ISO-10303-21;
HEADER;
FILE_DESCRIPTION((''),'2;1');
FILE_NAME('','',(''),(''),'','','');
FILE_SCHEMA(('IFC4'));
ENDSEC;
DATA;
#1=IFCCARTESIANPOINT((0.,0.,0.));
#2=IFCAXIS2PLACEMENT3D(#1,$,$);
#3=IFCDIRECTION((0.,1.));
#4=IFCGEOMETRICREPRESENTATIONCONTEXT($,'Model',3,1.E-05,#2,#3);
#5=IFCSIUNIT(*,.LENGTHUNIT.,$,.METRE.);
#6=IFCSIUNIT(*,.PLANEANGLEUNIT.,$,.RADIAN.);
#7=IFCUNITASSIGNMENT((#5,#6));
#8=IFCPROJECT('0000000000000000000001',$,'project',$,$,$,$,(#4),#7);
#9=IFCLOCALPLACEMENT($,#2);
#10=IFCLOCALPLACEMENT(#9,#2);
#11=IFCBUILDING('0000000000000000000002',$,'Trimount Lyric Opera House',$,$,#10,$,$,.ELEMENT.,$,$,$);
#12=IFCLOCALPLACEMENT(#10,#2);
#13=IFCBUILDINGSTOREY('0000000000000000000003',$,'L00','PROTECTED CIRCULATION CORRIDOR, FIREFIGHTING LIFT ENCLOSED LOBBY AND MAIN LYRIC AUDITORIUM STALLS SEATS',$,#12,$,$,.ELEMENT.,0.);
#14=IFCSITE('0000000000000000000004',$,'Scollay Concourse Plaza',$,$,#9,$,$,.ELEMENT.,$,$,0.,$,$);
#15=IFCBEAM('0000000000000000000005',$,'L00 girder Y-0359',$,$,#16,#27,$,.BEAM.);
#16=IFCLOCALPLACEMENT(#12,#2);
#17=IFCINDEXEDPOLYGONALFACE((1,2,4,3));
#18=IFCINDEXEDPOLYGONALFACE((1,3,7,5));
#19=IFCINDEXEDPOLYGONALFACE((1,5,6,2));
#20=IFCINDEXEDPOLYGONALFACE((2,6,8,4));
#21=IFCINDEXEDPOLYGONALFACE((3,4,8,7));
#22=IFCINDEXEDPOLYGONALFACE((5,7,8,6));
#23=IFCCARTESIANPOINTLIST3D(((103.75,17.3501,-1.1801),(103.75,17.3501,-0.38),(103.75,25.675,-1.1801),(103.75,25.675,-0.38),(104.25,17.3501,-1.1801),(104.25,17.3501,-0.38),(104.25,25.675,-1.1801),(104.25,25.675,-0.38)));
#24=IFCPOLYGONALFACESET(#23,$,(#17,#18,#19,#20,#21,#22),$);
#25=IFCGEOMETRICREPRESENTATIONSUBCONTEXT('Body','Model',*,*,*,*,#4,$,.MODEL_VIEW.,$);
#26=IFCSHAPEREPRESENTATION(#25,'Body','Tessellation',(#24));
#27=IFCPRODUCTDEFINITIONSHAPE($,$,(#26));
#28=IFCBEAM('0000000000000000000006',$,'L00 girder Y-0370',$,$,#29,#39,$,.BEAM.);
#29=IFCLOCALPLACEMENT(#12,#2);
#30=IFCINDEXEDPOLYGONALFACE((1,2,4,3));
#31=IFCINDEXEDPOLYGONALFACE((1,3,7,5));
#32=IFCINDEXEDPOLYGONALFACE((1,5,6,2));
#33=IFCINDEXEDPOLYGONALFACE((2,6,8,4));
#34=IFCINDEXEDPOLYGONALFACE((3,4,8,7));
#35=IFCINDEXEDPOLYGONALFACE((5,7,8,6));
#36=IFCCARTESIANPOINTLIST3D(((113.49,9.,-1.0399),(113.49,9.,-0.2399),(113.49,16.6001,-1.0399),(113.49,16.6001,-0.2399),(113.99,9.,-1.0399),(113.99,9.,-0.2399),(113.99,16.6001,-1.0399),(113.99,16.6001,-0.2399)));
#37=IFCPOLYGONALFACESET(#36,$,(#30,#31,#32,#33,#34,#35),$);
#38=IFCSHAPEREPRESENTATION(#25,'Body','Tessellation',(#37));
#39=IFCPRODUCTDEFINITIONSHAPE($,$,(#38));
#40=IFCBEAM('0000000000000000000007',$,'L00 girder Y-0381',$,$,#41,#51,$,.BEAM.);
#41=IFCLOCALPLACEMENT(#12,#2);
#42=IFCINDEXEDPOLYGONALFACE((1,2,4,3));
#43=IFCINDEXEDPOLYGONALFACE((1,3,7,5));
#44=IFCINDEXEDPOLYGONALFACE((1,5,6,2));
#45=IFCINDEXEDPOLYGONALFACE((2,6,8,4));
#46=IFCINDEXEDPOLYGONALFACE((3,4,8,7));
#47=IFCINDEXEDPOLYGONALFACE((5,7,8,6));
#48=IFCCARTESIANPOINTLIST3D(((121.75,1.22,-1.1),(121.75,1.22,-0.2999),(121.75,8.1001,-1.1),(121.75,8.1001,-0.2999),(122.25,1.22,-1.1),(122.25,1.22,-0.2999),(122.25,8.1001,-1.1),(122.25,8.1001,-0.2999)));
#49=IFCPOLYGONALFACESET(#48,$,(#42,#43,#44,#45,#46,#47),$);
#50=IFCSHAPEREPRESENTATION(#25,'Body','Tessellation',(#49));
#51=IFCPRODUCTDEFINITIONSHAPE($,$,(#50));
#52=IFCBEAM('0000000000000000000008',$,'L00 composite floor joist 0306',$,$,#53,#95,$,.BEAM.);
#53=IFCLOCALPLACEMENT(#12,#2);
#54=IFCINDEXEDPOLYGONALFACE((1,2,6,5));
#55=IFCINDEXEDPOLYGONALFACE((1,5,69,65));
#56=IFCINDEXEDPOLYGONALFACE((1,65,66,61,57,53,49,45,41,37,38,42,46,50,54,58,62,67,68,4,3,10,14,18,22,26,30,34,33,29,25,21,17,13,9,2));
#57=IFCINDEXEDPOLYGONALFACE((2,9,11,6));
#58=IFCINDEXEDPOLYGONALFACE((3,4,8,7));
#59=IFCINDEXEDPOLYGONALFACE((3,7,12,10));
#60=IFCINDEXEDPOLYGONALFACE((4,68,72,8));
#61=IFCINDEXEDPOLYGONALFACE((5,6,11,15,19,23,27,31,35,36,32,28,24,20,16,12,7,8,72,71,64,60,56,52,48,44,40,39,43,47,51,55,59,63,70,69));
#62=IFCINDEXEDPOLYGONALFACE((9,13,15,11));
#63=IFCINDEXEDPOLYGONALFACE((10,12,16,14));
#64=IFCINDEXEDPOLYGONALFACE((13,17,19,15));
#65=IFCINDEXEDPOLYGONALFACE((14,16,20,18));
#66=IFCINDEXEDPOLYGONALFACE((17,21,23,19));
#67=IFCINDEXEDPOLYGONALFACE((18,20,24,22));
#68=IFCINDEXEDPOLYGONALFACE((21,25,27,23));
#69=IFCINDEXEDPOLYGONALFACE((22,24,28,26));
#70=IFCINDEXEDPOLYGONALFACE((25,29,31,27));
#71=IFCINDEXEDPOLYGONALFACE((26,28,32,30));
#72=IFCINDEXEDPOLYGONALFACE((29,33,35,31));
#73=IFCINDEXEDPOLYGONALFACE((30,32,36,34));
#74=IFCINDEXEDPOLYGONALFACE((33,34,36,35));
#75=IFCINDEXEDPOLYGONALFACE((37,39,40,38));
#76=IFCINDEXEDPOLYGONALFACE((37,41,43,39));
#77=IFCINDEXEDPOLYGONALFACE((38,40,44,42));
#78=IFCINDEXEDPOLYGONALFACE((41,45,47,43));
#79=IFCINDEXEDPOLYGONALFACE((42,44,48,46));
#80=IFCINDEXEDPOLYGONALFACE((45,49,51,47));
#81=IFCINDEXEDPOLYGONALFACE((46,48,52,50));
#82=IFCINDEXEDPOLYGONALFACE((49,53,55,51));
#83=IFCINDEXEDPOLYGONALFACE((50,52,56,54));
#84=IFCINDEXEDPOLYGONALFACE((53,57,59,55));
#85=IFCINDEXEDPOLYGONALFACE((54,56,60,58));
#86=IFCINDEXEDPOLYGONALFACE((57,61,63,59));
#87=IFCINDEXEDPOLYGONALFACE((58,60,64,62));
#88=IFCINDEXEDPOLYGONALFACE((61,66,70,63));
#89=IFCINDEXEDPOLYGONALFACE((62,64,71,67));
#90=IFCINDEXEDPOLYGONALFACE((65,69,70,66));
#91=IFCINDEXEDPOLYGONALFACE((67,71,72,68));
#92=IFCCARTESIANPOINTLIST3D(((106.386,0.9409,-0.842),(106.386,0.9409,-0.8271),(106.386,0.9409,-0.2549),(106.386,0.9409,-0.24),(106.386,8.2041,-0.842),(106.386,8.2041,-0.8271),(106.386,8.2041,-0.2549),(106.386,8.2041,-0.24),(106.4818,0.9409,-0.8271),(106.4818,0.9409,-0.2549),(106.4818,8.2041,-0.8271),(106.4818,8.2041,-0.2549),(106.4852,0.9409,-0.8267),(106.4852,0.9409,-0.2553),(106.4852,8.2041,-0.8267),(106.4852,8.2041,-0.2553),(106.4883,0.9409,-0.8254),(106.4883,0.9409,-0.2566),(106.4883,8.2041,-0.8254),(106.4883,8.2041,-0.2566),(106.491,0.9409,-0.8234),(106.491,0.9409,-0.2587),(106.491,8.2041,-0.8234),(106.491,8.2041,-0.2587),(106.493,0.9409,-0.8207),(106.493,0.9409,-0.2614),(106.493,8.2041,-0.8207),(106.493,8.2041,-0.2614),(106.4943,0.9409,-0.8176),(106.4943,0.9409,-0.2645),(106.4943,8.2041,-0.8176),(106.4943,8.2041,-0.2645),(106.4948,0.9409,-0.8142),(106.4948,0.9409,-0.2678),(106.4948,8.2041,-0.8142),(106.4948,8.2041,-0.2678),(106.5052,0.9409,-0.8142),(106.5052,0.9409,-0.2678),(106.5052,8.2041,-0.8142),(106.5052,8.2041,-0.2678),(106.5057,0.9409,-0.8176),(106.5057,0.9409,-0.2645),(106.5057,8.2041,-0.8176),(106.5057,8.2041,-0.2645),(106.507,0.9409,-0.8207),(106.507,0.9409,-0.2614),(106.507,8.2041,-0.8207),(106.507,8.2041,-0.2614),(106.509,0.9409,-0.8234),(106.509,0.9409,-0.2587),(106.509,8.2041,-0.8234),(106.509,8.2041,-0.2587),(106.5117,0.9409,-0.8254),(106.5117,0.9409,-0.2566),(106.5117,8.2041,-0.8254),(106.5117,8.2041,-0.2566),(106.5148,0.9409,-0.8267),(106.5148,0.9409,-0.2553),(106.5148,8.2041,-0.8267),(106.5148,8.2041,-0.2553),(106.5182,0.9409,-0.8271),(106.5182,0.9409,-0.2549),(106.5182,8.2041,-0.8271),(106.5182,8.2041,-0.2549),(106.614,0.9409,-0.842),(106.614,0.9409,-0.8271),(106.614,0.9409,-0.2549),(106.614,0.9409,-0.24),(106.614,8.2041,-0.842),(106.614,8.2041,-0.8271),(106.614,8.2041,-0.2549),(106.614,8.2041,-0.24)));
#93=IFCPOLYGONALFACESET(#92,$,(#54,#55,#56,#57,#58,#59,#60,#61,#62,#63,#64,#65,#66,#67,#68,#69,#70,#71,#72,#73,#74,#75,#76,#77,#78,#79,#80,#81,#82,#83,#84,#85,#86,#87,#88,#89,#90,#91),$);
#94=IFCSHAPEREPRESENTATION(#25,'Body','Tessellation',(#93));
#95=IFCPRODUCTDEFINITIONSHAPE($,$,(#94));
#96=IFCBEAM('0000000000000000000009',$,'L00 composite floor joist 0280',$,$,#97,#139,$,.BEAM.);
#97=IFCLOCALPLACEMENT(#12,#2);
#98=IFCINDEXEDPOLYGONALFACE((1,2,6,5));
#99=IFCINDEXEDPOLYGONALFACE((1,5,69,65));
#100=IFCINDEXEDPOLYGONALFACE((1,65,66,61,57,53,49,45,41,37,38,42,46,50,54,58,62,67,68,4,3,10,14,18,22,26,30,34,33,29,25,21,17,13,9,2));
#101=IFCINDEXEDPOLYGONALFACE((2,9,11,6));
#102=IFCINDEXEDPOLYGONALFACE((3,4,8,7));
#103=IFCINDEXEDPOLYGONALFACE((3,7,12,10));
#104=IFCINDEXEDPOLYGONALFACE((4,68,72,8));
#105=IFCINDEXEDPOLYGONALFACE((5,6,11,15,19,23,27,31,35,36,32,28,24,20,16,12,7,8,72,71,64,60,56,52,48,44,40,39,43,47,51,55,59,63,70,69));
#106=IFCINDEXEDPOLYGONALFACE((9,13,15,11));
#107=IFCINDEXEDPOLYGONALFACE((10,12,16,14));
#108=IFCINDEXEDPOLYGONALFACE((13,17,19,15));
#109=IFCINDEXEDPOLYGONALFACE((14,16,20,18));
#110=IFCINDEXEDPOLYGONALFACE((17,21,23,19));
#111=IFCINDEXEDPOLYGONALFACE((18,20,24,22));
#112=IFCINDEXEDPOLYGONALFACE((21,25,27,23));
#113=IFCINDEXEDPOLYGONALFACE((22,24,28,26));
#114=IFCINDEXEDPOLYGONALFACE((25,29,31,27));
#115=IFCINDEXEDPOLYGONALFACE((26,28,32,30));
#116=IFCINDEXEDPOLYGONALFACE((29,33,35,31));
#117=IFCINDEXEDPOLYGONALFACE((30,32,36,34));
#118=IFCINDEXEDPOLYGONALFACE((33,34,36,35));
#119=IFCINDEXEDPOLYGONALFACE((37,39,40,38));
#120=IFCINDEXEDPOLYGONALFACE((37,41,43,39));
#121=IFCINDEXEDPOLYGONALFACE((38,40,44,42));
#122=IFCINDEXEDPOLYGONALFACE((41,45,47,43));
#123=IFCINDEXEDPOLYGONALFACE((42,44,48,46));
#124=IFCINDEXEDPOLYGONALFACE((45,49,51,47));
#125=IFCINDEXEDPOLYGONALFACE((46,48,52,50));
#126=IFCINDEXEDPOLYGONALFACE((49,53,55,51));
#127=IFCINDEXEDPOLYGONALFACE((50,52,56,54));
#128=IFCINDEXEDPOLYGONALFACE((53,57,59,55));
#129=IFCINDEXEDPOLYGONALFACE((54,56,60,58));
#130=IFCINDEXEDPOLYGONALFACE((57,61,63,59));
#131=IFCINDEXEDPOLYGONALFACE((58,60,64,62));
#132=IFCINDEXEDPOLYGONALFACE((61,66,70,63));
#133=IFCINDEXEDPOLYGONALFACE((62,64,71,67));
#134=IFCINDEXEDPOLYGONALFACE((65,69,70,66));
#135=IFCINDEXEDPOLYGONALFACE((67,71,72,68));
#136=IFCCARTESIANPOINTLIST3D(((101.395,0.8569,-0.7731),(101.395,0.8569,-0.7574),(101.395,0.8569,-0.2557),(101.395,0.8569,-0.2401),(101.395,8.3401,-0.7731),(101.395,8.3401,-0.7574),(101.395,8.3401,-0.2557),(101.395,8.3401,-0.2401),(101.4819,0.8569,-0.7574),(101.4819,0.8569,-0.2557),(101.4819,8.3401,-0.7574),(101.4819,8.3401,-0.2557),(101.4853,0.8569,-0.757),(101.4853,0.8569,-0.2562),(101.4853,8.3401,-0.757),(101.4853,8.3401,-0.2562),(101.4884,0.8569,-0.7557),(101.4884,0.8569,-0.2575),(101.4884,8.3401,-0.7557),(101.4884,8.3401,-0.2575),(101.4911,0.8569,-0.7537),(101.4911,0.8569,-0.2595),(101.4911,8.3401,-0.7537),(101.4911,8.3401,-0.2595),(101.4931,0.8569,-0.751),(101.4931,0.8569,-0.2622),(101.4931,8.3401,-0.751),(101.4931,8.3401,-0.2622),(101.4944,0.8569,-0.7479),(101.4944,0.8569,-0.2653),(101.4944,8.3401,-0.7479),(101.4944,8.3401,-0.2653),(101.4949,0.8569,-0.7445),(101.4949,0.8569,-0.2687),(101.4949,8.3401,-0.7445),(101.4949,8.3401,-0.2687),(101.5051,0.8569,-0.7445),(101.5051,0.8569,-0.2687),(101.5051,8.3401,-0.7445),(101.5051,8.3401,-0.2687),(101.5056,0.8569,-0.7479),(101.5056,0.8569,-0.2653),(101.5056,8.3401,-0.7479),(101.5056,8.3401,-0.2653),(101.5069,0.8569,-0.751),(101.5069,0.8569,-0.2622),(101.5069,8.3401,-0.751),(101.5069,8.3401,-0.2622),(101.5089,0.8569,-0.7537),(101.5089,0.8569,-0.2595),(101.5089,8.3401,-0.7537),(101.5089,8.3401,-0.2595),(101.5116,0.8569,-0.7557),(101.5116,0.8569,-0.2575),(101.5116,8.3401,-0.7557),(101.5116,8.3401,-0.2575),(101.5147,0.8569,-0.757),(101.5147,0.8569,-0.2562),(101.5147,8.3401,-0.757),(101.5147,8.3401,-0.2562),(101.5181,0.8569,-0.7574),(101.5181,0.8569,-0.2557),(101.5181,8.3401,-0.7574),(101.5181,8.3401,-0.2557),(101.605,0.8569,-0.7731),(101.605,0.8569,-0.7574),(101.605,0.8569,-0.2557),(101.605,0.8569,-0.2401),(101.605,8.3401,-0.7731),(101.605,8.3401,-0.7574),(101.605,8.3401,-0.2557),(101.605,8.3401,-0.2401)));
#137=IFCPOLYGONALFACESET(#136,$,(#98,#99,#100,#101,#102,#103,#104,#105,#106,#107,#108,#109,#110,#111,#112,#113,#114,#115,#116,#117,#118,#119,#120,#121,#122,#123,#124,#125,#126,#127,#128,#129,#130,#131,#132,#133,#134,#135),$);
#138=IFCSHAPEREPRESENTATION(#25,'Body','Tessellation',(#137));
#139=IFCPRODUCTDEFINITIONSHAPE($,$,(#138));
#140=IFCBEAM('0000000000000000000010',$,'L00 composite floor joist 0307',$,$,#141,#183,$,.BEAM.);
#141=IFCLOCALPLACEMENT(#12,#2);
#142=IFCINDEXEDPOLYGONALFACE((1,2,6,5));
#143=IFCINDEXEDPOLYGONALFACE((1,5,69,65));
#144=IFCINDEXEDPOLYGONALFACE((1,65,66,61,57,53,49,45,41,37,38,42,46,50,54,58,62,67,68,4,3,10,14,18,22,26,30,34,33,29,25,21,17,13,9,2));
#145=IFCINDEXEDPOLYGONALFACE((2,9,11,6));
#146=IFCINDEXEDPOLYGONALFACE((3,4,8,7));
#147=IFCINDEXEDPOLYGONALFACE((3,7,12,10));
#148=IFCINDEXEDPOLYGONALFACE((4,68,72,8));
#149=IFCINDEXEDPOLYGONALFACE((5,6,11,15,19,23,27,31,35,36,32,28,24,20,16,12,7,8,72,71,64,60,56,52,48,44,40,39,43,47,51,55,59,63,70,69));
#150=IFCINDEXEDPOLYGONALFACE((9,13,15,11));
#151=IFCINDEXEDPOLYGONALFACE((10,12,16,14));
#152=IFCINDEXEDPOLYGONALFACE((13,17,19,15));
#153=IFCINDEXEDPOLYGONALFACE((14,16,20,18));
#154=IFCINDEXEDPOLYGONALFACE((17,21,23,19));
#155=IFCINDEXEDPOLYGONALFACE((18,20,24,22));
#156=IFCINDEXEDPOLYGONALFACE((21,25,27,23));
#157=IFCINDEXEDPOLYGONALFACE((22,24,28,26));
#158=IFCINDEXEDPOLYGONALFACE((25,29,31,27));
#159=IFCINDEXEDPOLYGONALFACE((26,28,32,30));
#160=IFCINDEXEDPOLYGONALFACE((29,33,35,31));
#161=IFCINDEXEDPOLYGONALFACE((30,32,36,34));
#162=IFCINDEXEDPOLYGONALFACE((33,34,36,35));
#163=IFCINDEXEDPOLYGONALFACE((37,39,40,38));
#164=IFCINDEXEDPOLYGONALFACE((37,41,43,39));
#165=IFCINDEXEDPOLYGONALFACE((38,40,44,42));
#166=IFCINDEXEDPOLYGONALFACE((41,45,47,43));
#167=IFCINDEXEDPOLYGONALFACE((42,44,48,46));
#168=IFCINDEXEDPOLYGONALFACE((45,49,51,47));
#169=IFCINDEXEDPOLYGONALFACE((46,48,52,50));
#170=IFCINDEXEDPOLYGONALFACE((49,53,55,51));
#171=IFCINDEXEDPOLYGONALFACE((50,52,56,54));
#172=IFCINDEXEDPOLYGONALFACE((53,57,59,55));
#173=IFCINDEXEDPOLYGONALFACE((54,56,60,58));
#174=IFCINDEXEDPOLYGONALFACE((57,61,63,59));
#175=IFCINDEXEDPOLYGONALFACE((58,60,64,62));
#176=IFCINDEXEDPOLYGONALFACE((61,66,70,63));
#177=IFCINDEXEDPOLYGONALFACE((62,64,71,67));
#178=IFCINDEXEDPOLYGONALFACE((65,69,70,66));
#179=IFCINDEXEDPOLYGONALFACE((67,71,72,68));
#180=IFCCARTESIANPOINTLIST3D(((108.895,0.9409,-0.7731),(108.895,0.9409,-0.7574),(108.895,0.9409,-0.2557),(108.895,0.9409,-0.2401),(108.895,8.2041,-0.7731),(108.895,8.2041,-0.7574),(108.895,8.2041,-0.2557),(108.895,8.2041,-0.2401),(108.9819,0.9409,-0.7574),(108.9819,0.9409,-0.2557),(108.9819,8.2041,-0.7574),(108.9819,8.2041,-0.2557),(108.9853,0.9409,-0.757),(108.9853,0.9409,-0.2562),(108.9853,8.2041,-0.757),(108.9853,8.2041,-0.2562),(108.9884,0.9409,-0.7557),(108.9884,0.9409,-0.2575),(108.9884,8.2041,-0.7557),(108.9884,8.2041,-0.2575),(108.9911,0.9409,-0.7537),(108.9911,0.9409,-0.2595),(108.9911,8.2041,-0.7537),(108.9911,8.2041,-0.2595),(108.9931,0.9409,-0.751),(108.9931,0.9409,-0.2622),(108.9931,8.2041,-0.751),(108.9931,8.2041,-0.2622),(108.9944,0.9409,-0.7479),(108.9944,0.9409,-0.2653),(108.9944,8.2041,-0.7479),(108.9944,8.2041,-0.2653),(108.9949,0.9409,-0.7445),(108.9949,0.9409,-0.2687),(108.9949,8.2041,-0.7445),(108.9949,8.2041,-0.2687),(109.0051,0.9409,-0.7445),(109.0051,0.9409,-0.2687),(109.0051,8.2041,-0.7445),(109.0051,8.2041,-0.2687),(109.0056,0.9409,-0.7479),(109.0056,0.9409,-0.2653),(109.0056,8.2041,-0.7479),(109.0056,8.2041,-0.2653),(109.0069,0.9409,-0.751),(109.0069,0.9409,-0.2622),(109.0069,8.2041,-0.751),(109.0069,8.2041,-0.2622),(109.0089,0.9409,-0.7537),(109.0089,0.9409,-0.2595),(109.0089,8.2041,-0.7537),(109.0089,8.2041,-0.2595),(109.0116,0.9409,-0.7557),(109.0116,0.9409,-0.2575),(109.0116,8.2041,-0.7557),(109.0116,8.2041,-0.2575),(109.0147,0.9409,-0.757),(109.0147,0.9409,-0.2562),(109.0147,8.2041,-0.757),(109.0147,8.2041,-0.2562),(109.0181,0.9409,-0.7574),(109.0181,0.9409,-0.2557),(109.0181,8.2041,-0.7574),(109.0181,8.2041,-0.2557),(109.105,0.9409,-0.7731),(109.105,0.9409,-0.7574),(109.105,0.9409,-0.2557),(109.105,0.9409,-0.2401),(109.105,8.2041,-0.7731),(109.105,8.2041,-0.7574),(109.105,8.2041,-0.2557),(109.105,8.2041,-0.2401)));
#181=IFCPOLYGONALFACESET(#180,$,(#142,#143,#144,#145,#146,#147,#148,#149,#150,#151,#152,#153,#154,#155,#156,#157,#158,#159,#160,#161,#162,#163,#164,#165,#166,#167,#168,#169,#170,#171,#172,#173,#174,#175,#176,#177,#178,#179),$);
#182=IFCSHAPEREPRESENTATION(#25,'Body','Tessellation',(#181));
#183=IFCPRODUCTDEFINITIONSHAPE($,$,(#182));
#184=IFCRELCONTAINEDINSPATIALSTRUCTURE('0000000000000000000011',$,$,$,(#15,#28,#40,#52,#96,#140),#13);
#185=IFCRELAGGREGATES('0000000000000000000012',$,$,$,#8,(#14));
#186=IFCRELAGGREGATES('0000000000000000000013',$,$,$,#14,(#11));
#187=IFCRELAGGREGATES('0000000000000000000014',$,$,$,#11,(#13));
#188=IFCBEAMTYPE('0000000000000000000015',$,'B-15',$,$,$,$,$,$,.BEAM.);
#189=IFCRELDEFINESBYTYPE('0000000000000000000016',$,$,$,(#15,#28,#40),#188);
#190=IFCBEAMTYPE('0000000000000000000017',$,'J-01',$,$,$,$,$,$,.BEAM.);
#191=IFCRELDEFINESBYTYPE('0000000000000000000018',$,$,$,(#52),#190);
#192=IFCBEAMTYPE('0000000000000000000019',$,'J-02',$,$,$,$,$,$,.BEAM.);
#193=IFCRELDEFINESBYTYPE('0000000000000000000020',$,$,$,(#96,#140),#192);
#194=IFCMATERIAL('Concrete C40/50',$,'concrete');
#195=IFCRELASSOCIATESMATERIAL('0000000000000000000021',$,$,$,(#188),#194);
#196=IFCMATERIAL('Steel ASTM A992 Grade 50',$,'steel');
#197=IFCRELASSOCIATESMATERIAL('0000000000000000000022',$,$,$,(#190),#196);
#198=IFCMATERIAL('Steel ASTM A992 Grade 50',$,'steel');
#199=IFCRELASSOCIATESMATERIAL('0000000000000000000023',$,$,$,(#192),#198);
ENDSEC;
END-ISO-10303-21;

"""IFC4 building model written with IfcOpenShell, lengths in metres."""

from ifc_helpers import new_model, si_unit, direction, frame, origin, origin_2d, place, context, subcontext, project, spatial, rectangle, i_section, extrude, material, material_profile, profile_set, type_object, element, save


model = new_model("IFC4")

# Units and contexts
model_context = context("Model", 3, precision=1e-05, world=origin(), true_north=direction((0.0, 1.0)))
body_context = subcontext(model_context, "Body", "Model", "MODEL_VIEW")
ifc_project = project(units=[si_unit("LENGTHUNIT", "METRE"), si_unit("PLANEANGLEUNIT", "RADIAN")], contexts=[model_context])

# Site, building, storey
site_placement = place(None, origin())
site = spatial("IfcSite", under=ifc_project, at=site_placement, Name="Scollay Concourse Plaza", CompositionType="ELEMENT", RefElevation=0.0)
building_placement = place(site_placement, origin())
building = spatial("IfcBuilding", under=site, at=building_placement, Name="Trimount Lyric Opera House", CompositionType="ELEMENT")
storey_placement = place(building_placement, origin())
storey = spatial("IfcBuildingStorey", under=building, at=storey_placement, Name="L00", Description="PROTECTED CIRCULATION CORRIDOR, FIREFIGHTING LIFT ENCLOSED LOBBY AND MAIN LYRIC AUDITORIUM STALLS SEATS", CompositionType="ELEMENT", Elevation=0.0)

# Beams
ifc_material_1 = material(Name="Concrete C40/50", Category="concrete")
ifc_material_profile_1 = material_profile(ifc_material_1, rectangle(XDim=0.5, YDim=0.8, at=origin_2d()), Name="RC500X800")
ifc_profile_set_1 = profile_set([ifc_material_profile_1], Name="Concrete C40/50")
beam_type_1 = type_object("IfcBeamType", Name="B-15", PredefinedType="BEAM", material=ifc_profile_set_1)
beam_1_placement = place(storey_placement, frame((104.0, 17.3501, -0.78), z_axis=(0.0, 1.0, 0.0), x_axis=(-1.0, 0.0, 0.0)))
element("IfcBeam", 1, at=beam_1_placement, inside=storey, type_object=beam_type_1, Name="L00 girder Y-0359", PredefinedType="BEAM", context=body_context, shape_type="SweptSolid", body=[
    extrude(rectangle(XDim=0.5, YDim=0.8, at=origin_2d()), origin(), (0.0, 0.0, 1.0), 8.325),
])
beam_2_placement = place(storey_placement, frame((113.74, 9.0, -0.6399), z_axis=(0.0, 1.0, 0.0), x_axis=(-1.0, 0.0, 0.0)))
element("IfcBeam", 2, at=beam_2_placement, inside=storey, type_object=beam_type_1, Name="L00 girder Y-0370", PredefinedType="BEAM", context=body_context, shape_type="SweptSolid", body=[
    extrude(rectangle(XDim=0.5, YDim=0.8, at=origin_2d()), origin(), (0.0, 0.0, 1.0), 7.6001),
])
beam_3_placement = place(storey_placement, frame((122.0, 1.22, -0.7), z_axis=(0.0, 1.0, 0.0), x_axis=(-1.0, 0.0, 0.0)))
element("IfcBeam", 3, at=beam_3_placement, inside=storey, type_object=beam_type_1, Name="L00 girder Y-0381", PredefinedType="BEAM", context=body_context, shape_type="SweptSolid", body=[
    extrude(rectangle(XDim=0.5, YDim=0.8, at=origin_2d()), origin(), (0.0, 0.0, 1.0), 6.8801),
])
ifc_material_2 = material(Name="Steel ASTM A992 Grade 50", Category="steel")
ifc_material_profile_2 = material_profile(ifc_material_2, i_section(OverallWidth=0.228, OverallDepth=0.6021, WebThickness=0.0105, FlangeThickness=0.0149, FilletRadius=0.0129, at=origin_2d()), Name="W24X68")
ifc_profile_set_2 = profile_set([ifc_material_profile_2], Name="Steel ASTM A992 Grade 50")
beam_type_2 = type_object("IfcBeamType", Name="J-01", PredefinedType="BEAM", material=ifc_profile_set_2)
beam_4_placement = place(storey_placement, frame((106.5, 0.9409, -0.541), z_axis=(0.0, 1.0, 0.0), x_axis=(-1.0, 0.0, 0.0)))
element("IfcBeam", 4, at=beam_4_placement, inside=storey, type_object=beam_type_2, Name="L00 composite floor joist 0306", PredefinedType="BEAM", context=body_context, shape_type="SweptSolid", body=[
    extrude(i_section(OverallWidth=0.228, OverallDepth=0.6021, WebThickness=0.0105, FlangeThickness=0.0149, FilletRadius=0.0129, at=origin_2d()), origin(), (0.0, 0.0, 1.0), 7.2632),
])
ifc_material_3 = material(Name="Steel ASTM A992 Grade 50", Category="steel")
ifc_material_profile_3 = material_profile(ifc_material_3, i_section(OverallWidth=0.21, OverallDepth=0.533, WebThickness=0.0103, FlangeThickness=0.0156, FilletRadius=0.0129, at=origin_2d()), Name="W21X62")
ifc_profile_set_3 = profile_set([ifc_material_profile_3], Name="Steel ASTM A992 Grade 50")
beam_type_3 = type_object("IfcBeamType", Name="J-02", PredefinedType="BEAM", material=ifc_profile_set_3)
beam_5_placement = place(storey_placement, frame((101.5, 0.8569, -0.5066), z_axis=(0.0, 1.0, 0.0), x_axis=(-1.0, 0.0, 0.0)))
element("IfcBeam", 5, at=beam_5_placement, inside=storey, type_object=beam_type_3, Name="L00 composite floor joist 0280", PredefinedType="BEAM", context=body_context, shape_type="SweptSolid", body=[
    extrude(i_section(OverallWidth=0.21, OverallDepth=0.533, WebThickness=0.0103, FlangeThickness=0.0156, FilletRadius=0.0129, at=origin_2d()), origin(), (0.0, 0.0, 1.0), 7.4832),
])
beam_6_placement = place(storey_placement, frame((109.0, 0.9409, -0.5066), z_axis=(0.0, 1.0, 0.0), x_axis=(-1.0, 0.0, 0.0)))
element("IfcBeam", 6, at=beam_6_placement, inside=storey, type_object=beam_type_3, Name="L00 composite floor joist 0307", PredefinedType="BEAM", context=body_context, shape_type="SweptSolid", body=[
    extrude(i_section(OverallWidth=0.21, OverallDepth=0.533, WebThickness=0.0103, FlangeThickness=0.0156, FilletRadius=0.0129, at=origin_2d()), origin(), (0.0, 0.0, 1.0), 7.2632),
])

save(model, "model.ifc")
